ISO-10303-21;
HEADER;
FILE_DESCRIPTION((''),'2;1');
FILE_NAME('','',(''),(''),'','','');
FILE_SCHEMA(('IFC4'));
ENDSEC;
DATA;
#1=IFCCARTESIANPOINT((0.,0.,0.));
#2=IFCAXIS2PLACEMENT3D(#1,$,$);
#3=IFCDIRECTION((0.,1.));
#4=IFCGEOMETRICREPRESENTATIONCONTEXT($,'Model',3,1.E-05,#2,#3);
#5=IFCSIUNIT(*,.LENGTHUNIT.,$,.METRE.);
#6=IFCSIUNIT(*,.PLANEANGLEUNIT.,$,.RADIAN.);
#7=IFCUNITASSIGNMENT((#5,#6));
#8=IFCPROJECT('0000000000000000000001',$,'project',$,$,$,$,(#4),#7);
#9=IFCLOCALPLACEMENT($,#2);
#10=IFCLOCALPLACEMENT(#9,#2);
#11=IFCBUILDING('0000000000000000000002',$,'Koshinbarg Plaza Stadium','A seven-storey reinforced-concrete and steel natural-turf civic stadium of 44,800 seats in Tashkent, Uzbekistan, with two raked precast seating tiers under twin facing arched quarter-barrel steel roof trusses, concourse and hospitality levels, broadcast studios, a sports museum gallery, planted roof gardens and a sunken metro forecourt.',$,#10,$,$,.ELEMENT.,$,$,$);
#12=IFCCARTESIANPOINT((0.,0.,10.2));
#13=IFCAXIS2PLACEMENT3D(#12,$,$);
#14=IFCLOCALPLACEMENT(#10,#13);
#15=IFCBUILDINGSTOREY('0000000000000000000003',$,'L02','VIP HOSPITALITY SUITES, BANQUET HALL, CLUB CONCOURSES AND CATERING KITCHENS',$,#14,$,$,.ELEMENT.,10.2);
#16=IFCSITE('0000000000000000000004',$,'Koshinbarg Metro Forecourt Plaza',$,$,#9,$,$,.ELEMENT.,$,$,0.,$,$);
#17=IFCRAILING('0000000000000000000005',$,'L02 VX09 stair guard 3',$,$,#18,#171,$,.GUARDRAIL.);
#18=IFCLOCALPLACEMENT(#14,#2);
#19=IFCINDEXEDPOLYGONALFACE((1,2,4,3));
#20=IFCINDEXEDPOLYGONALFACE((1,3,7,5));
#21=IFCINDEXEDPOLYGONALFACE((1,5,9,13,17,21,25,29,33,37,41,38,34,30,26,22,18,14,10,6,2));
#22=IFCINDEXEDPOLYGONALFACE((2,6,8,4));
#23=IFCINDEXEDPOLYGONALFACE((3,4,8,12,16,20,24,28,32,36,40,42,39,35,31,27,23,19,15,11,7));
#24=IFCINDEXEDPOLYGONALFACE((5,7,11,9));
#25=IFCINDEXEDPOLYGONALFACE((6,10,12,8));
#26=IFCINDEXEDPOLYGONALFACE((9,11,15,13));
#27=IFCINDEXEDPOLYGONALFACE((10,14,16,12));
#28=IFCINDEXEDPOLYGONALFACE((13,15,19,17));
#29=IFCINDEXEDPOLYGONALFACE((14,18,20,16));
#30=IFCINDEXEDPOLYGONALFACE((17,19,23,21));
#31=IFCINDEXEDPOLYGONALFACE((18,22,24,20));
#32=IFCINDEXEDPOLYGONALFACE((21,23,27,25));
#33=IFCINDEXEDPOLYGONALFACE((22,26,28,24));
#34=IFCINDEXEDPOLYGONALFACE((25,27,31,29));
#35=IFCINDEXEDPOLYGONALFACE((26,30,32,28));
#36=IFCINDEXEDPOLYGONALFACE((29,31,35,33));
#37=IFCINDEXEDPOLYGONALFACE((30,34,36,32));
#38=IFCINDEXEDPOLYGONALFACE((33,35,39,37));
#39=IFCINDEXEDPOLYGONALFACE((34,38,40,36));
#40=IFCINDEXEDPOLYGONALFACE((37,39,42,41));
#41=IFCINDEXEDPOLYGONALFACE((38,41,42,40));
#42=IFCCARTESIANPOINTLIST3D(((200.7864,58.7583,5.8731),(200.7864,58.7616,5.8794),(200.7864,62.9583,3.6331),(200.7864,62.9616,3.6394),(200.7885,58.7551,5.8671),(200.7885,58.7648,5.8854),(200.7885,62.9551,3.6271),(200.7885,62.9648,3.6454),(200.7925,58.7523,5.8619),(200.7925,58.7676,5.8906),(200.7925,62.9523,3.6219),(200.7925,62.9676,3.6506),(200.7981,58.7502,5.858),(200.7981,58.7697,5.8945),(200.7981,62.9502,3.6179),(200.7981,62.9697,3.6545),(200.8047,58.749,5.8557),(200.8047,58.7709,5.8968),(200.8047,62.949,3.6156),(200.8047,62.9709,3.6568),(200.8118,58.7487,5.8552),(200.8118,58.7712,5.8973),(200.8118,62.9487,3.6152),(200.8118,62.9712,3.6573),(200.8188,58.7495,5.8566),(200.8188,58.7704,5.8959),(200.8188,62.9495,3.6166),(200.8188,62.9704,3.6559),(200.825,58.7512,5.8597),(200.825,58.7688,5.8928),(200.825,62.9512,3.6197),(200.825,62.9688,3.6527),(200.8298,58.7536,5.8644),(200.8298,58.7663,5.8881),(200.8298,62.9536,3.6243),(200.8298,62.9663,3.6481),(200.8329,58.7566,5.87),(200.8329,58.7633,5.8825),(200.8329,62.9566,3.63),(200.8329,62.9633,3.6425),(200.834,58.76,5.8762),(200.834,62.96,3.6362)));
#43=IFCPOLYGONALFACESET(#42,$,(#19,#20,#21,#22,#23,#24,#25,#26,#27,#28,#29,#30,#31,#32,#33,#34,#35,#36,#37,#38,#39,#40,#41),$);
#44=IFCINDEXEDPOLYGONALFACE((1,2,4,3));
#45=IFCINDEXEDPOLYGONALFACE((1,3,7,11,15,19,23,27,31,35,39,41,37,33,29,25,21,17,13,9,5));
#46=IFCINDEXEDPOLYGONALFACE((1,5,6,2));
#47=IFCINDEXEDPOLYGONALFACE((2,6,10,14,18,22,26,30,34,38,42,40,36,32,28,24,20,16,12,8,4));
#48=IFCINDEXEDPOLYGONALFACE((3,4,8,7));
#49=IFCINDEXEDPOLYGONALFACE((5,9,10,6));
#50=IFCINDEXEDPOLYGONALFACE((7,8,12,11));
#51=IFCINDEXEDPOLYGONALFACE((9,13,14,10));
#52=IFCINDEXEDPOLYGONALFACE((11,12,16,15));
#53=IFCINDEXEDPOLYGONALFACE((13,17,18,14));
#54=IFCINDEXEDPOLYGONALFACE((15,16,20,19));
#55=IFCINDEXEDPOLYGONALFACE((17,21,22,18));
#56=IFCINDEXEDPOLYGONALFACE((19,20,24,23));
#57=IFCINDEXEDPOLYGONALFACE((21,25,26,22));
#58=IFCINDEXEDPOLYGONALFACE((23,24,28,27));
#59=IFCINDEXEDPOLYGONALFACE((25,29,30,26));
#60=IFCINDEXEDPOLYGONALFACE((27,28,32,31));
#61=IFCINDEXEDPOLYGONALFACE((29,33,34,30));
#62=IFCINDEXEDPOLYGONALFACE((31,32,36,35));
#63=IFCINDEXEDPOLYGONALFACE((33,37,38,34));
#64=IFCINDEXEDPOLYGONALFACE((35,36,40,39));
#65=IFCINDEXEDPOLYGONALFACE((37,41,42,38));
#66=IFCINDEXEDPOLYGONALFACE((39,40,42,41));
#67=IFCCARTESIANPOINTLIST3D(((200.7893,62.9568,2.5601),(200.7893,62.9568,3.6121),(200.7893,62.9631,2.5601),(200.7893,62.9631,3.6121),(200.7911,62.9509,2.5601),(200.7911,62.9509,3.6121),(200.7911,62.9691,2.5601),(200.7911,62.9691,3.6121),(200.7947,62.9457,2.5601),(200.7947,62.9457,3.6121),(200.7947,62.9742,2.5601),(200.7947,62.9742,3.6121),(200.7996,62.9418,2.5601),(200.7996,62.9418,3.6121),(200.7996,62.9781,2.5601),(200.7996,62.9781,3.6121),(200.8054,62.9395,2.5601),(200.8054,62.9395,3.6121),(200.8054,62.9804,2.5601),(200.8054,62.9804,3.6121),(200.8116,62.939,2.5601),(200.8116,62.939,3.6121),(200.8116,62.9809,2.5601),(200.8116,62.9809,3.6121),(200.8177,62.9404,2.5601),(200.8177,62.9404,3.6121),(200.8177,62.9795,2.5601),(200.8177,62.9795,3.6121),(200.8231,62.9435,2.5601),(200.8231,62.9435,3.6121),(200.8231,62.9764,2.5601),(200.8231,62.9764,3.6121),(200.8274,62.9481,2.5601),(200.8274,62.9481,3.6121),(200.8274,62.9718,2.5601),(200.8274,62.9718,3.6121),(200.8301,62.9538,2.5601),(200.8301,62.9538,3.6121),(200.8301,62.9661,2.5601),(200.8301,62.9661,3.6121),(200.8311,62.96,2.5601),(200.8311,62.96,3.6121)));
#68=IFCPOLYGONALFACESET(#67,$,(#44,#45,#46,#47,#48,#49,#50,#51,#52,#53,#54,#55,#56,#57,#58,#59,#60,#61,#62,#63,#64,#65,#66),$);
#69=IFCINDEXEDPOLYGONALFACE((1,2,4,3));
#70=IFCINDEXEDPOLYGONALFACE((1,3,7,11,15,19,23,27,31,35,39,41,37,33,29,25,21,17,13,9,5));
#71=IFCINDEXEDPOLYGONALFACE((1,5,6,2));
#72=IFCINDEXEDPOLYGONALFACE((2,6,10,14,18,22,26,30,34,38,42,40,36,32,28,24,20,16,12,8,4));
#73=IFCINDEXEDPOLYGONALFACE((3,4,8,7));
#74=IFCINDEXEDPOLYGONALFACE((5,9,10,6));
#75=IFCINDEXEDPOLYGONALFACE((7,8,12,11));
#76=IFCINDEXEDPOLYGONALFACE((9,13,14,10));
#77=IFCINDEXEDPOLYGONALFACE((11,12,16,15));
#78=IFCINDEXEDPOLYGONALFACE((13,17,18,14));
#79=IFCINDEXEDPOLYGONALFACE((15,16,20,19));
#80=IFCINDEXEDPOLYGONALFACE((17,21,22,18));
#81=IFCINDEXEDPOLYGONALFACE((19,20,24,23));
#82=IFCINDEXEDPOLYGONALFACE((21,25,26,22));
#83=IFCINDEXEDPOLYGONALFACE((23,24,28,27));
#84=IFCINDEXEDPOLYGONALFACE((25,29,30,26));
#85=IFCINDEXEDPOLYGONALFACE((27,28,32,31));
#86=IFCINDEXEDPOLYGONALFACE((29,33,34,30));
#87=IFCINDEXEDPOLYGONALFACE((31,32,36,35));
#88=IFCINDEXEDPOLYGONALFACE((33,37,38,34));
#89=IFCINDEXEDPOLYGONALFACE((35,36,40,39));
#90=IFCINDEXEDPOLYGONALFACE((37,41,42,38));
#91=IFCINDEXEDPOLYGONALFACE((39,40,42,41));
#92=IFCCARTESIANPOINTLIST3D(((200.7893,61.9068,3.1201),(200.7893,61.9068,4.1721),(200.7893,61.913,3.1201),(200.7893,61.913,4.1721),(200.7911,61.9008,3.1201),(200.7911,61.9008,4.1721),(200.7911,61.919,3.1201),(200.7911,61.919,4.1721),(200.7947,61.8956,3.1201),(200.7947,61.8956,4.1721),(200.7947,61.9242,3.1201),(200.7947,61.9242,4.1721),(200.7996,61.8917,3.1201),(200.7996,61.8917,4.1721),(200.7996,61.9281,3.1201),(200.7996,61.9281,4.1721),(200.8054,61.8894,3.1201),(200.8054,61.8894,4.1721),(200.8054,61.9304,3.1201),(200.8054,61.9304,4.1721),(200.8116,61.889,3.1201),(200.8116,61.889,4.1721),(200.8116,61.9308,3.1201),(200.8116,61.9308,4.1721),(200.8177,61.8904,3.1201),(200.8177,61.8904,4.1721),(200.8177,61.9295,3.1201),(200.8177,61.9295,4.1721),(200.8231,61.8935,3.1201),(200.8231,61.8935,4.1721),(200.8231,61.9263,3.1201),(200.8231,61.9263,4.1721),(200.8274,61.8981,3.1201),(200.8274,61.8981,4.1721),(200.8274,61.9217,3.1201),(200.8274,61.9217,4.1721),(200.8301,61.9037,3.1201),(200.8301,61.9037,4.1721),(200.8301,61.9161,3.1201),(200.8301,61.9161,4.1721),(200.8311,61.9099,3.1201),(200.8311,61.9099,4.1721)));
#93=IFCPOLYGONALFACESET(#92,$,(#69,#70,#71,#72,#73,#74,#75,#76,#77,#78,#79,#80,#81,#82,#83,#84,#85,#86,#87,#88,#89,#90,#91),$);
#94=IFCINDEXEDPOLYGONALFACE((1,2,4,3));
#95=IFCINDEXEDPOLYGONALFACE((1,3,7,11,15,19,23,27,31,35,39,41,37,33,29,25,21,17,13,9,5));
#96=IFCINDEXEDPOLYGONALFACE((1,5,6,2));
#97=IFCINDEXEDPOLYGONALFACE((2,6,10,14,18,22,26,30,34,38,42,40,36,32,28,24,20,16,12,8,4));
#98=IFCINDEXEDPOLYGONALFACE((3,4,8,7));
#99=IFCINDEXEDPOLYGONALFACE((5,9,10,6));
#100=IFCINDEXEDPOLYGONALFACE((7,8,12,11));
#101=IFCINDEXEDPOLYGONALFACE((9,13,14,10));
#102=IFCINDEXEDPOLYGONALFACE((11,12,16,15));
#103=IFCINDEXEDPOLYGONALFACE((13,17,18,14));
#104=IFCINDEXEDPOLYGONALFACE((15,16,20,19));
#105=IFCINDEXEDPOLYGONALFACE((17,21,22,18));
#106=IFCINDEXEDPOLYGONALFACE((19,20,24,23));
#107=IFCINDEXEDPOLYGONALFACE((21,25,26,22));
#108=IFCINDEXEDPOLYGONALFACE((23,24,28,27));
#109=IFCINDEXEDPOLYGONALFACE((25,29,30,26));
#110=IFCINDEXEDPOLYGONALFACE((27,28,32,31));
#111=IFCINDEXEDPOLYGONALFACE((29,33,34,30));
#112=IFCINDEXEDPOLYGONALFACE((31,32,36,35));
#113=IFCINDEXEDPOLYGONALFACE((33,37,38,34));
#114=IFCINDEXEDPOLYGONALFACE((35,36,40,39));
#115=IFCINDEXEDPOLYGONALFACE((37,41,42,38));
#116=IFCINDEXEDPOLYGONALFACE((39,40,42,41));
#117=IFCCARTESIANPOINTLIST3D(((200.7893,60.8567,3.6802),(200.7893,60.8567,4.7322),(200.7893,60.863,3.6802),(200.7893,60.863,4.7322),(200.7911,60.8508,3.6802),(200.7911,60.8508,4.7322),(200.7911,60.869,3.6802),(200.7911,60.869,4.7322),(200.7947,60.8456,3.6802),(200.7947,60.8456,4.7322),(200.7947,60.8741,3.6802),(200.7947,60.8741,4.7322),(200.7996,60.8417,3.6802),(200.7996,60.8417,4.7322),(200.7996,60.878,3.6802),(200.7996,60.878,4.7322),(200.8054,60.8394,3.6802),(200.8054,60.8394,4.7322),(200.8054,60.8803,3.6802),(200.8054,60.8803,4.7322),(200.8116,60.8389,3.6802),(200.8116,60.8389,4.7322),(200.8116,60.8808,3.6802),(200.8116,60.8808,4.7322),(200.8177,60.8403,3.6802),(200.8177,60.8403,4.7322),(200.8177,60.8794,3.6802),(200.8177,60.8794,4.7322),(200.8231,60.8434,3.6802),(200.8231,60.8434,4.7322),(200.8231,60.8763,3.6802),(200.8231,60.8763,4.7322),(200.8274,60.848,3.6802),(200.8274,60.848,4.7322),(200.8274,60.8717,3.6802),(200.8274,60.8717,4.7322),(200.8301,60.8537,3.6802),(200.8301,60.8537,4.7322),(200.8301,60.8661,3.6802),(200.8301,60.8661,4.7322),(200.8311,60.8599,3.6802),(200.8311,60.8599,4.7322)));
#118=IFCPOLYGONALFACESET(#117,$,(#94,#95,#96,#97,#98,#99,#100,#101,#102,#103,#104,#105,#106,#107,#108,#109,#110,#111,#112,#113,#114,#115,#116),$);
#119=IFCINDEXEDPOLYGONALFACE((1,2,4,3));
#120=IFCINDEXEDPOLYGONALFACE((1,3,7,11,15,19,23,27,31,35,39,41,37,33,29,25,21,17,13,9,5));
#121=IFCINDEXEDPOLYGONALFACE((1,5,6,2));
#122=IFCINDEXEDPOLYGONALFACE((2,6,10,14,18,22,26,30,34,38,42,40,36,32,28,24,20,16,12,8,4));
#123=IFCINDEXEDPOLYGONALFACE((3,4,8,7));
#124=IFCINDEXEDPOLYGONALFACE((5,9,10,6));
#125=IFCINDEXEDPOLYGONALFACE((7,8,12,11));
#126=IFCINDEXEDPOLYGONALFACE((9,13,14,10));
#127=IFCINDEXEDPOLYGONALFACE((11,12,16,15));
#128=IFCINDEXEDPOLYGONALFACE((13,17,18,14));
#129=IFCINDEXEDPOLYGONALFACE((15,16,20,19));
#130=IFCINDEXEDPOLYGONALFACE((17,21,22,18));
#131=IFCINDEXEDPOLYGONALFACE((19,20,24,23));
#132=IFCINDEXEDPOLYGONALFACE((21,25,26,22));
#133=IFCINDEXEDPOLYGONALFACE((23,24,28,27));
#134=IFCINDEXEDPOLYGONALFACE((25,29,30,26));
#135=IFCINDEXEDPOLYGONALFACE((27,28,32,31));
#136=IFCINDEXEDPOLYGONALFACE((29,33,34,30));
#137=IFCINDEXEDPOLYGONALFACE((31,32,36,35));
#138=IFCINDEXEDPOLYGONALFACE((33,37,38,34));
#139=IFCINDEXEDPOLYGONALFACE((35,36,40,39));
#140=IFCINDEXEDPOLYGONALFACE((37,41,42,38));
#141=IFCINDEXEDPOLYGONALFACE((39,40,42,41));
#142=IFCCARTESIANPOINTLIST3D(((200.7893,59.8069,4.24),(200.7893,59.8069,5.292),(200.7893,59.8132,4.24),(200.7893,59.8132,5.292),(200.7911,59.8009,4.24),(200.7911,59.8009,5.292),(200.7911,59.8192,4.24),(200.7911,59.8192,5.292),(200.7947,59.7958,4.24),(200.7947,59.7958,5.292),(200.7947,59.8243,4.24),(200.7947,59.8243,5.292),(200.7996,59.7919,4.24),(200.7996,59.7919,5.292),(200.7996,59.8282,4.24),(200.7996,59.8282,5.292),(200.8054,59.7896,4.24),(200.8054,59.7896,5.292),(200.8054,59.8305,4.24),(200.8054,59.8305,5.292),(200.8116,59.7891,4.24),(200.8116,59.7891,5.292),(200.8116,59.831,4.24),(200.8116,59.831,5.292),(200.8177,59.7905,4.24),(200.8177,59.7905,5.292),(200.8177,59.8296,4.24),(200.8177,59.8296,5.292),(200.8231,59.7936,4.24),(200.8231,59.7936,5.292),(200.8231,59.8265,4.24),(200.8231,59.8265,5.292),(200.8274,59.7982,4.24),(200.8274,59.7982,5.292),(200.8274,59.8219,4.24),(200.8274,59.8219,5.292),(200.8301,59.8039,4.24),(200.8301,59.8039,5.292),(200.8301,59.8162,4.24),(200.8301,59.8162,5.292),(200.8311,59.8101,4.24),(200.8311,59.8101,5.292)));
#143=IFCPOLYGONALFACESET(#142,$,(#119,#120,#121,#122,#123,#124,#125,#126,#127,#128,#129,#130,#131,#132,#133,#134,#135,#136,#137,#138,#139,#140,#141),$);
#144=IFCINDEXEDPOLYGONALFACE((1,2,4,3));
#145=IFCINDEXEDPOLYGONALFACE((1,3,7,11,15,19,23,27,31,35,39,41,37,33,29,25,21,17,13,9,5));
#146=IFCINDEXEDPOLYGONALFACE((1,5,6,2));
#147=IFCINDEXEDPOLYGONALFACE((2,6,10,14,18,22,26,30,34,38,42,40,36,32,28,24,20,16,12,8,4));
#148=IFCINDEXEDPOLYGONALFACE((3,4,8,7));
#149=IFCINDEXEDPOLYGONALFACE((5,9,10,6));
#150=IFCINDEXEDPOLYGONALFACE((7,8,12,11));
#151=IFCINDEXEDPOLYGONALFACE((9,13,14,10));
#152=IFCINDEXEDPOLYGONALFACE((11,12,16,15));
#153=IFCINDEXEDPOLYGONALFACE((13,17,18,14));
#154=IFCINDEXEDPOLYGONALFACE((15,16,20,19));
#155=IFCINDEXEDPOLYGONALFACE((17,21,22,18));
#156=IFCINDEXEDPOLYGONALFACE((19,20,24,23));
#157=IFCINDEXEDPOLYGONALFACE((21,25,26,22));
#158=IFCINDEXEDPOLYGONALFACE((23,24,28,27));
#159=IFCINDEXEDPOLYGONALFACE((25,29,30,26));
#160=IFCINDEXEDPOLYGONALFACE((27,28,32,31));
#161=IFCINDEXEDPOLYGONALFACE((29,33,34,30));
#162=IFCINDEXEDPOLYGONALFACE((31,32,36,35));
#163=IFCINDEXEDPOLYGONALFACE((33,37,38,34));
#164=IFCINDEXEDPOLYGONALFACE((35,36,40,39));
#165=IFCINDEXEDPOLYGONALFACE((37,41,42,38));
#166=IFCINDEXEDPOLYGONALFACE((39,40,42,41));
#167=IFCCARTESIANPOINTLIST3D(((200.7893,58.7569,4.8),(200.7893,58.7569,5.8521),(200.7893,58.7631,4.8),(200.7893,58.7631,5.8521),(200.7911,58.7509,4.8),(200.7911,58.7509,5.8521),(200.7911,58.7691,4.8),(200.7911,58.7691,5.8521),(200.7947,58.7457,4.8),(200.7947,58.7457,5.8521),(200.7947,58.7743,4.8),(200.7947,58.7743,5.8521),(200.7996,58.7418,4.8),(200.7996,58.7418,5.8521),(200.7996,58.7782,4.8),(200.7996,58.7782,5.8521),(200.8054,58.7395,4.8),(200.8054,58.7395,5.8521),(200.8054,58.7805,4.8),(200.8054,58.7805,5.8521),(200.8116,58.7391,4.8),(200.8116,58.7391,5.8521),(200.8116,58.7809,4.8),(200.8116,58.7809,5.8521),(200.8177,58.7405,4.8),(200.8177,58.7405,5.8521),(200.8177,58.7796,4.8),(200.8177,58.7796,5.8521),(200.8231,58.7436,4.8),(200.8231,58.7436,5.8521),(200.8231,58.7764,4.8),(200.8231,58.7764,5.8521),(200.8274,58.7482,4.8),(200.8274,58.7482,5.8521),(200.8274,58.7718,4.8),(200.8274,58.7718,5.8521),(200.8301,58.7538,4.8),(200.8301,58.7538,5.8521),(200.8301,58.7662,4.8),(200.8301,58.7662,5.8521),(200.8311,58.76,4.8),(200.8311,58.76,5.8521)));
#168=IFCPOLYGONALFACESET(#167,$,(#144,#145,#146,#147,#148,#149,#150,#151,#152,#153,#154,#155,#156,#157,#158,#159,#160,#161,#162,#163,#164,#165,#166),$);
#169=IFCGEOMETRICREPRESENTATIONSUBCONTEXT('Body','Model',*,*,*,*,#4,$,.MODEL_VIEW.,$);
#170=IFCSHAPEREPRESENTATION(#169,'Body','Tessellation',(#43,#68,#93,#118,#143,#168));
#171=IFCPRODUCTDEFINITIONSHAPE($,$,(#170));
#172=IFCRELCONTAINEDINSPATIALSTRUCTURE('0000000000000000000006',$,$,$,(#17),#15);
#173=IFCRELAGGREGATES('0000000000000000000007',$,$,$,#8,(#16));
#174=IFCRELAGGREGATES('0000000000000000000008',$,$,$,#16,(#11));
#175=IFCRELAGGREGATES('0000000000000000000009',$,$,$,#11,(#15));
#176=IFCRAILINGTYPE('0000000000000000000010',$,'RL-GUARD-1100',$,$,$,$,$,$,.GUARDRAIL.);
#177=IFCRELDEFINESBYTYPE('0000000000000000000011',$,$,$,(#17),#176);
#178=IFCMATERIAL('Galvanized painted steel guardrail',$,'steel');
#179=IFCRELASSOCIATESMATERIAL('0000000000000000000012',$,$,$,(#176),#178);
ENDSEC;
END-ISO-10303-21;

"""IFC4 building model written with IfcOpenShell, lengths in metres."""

from ifc_helpers import new_model, si_unit, direction, frame, origin, origin_2d, place, context, subcontext, project, spatial, circle, extrude, material, type_object, element, save


model = new_model("IFC4")

# Units and contexts
model_context = context("Model", 3, precision=1e-05, world=origin(), true_north=direction((0.0, 1.0)))
body_context = subcontext(model_context, "Body", "Model", "MODEL_VIEW")
ifc_project = project(units=[si_unit("LENGTHUNIT", "METRE"), si_unit("PLANEANGLEUNIT", "RADIAN")], contexts=[model_context])

# Site, building, storey
site_placement = place(None, origin())
site = spatial("IfcSite", under=ifc_project, at=site_placement, Name="Koshinbarg Metro Forecourt Plaza", CompositionType="ELEMENT", RefElevation=0.0)
building_placement = place(site_placement, origin())
building = spatial("IfcBuilding", under=site, at=building_placement, Name="Koshinbarg Plaza Stadium", Description="A seven-storey reinforced-concrete and steel natural-turf civic stadium of 44,800 seats in Tashkent, Uzbekistan, with two raked precast seating tiers under twin facing arched quarter-barrel steel roof trusses, concourse and hospitality levels, broadcast studios, a sports museum gallery, planted roof gardens and a sunken metro forecourt.", CompositionType="ELEMENT")
storey_placement = place(building_placement, frame((0.0, 0.0, 10.2)))
storey = spatial("IfcBuildingStorey", under=building, at=storey_placement, Name="L02", Description="VIP HOSPITALITY SUITES, BANQUET HALL, CLUB CONCOURSES AND CATERING KITCHENS", CompositionType="ELEMENT", Elevation=10.2)

# Railing
ifc_material_1 = material(Name="Galvanized painted steel guardrail", Category="steel")
railing_type_1 = type_object("IfcRailingType", Name="RL-GUARD-1100", PredefinedType="GUARDRAIL", material=ifc_material_1)
railing_1_placement = place(storey_placement, frame((200.8101, 62.96, 2.5601)))
element("IfcRailing", 1, at=railing_1_placement, inside=storey, type_object=railing_type_1, Name="L02 VX09 stair guard 3", PredefinedType="GUARDRAIL", context=body_context, shape_type="SweptSolid", body=[
    extrude(circle(Radius=0.0239, at=origin_2d()), frame((0.0, 0.0, 1.0762), z_axis=(0.0, -0.882352, 0.470591), x_axis=(1.0, 0.0, 0.0)), (0.0, 0.0, 1.0), 4.76),
    extrude(circle(Radius=0.021, at=origin_2d()), origin(), (0.0, 0.0, 1.0), 1.052),
    extrude(circle(Radius=0.021, at=origin_2d()), frame((0.0, -1.05, 0.5601)), (0.0, 0.0, 1.0), 1.052),
    extrude(circle(Radius=0.021, at=origin_2d()), frame((0.0, -2.1001, 1.1201)), (0.0, 0.0, 1.0), 1.052),
    extrude(circle(Radius=0.021, at=origin_2d()), frame((0.0, -3.1499, 1.6799)), (0.0, 0.0, 1.0), 1.052),
    extrude(circle(Radius=0.021, at=origin_2d()), frame((0.0, -4.2, 2.24)), (0.0, 0.0, 1.0), 1.052),
])

save(model, "model.ifc")
